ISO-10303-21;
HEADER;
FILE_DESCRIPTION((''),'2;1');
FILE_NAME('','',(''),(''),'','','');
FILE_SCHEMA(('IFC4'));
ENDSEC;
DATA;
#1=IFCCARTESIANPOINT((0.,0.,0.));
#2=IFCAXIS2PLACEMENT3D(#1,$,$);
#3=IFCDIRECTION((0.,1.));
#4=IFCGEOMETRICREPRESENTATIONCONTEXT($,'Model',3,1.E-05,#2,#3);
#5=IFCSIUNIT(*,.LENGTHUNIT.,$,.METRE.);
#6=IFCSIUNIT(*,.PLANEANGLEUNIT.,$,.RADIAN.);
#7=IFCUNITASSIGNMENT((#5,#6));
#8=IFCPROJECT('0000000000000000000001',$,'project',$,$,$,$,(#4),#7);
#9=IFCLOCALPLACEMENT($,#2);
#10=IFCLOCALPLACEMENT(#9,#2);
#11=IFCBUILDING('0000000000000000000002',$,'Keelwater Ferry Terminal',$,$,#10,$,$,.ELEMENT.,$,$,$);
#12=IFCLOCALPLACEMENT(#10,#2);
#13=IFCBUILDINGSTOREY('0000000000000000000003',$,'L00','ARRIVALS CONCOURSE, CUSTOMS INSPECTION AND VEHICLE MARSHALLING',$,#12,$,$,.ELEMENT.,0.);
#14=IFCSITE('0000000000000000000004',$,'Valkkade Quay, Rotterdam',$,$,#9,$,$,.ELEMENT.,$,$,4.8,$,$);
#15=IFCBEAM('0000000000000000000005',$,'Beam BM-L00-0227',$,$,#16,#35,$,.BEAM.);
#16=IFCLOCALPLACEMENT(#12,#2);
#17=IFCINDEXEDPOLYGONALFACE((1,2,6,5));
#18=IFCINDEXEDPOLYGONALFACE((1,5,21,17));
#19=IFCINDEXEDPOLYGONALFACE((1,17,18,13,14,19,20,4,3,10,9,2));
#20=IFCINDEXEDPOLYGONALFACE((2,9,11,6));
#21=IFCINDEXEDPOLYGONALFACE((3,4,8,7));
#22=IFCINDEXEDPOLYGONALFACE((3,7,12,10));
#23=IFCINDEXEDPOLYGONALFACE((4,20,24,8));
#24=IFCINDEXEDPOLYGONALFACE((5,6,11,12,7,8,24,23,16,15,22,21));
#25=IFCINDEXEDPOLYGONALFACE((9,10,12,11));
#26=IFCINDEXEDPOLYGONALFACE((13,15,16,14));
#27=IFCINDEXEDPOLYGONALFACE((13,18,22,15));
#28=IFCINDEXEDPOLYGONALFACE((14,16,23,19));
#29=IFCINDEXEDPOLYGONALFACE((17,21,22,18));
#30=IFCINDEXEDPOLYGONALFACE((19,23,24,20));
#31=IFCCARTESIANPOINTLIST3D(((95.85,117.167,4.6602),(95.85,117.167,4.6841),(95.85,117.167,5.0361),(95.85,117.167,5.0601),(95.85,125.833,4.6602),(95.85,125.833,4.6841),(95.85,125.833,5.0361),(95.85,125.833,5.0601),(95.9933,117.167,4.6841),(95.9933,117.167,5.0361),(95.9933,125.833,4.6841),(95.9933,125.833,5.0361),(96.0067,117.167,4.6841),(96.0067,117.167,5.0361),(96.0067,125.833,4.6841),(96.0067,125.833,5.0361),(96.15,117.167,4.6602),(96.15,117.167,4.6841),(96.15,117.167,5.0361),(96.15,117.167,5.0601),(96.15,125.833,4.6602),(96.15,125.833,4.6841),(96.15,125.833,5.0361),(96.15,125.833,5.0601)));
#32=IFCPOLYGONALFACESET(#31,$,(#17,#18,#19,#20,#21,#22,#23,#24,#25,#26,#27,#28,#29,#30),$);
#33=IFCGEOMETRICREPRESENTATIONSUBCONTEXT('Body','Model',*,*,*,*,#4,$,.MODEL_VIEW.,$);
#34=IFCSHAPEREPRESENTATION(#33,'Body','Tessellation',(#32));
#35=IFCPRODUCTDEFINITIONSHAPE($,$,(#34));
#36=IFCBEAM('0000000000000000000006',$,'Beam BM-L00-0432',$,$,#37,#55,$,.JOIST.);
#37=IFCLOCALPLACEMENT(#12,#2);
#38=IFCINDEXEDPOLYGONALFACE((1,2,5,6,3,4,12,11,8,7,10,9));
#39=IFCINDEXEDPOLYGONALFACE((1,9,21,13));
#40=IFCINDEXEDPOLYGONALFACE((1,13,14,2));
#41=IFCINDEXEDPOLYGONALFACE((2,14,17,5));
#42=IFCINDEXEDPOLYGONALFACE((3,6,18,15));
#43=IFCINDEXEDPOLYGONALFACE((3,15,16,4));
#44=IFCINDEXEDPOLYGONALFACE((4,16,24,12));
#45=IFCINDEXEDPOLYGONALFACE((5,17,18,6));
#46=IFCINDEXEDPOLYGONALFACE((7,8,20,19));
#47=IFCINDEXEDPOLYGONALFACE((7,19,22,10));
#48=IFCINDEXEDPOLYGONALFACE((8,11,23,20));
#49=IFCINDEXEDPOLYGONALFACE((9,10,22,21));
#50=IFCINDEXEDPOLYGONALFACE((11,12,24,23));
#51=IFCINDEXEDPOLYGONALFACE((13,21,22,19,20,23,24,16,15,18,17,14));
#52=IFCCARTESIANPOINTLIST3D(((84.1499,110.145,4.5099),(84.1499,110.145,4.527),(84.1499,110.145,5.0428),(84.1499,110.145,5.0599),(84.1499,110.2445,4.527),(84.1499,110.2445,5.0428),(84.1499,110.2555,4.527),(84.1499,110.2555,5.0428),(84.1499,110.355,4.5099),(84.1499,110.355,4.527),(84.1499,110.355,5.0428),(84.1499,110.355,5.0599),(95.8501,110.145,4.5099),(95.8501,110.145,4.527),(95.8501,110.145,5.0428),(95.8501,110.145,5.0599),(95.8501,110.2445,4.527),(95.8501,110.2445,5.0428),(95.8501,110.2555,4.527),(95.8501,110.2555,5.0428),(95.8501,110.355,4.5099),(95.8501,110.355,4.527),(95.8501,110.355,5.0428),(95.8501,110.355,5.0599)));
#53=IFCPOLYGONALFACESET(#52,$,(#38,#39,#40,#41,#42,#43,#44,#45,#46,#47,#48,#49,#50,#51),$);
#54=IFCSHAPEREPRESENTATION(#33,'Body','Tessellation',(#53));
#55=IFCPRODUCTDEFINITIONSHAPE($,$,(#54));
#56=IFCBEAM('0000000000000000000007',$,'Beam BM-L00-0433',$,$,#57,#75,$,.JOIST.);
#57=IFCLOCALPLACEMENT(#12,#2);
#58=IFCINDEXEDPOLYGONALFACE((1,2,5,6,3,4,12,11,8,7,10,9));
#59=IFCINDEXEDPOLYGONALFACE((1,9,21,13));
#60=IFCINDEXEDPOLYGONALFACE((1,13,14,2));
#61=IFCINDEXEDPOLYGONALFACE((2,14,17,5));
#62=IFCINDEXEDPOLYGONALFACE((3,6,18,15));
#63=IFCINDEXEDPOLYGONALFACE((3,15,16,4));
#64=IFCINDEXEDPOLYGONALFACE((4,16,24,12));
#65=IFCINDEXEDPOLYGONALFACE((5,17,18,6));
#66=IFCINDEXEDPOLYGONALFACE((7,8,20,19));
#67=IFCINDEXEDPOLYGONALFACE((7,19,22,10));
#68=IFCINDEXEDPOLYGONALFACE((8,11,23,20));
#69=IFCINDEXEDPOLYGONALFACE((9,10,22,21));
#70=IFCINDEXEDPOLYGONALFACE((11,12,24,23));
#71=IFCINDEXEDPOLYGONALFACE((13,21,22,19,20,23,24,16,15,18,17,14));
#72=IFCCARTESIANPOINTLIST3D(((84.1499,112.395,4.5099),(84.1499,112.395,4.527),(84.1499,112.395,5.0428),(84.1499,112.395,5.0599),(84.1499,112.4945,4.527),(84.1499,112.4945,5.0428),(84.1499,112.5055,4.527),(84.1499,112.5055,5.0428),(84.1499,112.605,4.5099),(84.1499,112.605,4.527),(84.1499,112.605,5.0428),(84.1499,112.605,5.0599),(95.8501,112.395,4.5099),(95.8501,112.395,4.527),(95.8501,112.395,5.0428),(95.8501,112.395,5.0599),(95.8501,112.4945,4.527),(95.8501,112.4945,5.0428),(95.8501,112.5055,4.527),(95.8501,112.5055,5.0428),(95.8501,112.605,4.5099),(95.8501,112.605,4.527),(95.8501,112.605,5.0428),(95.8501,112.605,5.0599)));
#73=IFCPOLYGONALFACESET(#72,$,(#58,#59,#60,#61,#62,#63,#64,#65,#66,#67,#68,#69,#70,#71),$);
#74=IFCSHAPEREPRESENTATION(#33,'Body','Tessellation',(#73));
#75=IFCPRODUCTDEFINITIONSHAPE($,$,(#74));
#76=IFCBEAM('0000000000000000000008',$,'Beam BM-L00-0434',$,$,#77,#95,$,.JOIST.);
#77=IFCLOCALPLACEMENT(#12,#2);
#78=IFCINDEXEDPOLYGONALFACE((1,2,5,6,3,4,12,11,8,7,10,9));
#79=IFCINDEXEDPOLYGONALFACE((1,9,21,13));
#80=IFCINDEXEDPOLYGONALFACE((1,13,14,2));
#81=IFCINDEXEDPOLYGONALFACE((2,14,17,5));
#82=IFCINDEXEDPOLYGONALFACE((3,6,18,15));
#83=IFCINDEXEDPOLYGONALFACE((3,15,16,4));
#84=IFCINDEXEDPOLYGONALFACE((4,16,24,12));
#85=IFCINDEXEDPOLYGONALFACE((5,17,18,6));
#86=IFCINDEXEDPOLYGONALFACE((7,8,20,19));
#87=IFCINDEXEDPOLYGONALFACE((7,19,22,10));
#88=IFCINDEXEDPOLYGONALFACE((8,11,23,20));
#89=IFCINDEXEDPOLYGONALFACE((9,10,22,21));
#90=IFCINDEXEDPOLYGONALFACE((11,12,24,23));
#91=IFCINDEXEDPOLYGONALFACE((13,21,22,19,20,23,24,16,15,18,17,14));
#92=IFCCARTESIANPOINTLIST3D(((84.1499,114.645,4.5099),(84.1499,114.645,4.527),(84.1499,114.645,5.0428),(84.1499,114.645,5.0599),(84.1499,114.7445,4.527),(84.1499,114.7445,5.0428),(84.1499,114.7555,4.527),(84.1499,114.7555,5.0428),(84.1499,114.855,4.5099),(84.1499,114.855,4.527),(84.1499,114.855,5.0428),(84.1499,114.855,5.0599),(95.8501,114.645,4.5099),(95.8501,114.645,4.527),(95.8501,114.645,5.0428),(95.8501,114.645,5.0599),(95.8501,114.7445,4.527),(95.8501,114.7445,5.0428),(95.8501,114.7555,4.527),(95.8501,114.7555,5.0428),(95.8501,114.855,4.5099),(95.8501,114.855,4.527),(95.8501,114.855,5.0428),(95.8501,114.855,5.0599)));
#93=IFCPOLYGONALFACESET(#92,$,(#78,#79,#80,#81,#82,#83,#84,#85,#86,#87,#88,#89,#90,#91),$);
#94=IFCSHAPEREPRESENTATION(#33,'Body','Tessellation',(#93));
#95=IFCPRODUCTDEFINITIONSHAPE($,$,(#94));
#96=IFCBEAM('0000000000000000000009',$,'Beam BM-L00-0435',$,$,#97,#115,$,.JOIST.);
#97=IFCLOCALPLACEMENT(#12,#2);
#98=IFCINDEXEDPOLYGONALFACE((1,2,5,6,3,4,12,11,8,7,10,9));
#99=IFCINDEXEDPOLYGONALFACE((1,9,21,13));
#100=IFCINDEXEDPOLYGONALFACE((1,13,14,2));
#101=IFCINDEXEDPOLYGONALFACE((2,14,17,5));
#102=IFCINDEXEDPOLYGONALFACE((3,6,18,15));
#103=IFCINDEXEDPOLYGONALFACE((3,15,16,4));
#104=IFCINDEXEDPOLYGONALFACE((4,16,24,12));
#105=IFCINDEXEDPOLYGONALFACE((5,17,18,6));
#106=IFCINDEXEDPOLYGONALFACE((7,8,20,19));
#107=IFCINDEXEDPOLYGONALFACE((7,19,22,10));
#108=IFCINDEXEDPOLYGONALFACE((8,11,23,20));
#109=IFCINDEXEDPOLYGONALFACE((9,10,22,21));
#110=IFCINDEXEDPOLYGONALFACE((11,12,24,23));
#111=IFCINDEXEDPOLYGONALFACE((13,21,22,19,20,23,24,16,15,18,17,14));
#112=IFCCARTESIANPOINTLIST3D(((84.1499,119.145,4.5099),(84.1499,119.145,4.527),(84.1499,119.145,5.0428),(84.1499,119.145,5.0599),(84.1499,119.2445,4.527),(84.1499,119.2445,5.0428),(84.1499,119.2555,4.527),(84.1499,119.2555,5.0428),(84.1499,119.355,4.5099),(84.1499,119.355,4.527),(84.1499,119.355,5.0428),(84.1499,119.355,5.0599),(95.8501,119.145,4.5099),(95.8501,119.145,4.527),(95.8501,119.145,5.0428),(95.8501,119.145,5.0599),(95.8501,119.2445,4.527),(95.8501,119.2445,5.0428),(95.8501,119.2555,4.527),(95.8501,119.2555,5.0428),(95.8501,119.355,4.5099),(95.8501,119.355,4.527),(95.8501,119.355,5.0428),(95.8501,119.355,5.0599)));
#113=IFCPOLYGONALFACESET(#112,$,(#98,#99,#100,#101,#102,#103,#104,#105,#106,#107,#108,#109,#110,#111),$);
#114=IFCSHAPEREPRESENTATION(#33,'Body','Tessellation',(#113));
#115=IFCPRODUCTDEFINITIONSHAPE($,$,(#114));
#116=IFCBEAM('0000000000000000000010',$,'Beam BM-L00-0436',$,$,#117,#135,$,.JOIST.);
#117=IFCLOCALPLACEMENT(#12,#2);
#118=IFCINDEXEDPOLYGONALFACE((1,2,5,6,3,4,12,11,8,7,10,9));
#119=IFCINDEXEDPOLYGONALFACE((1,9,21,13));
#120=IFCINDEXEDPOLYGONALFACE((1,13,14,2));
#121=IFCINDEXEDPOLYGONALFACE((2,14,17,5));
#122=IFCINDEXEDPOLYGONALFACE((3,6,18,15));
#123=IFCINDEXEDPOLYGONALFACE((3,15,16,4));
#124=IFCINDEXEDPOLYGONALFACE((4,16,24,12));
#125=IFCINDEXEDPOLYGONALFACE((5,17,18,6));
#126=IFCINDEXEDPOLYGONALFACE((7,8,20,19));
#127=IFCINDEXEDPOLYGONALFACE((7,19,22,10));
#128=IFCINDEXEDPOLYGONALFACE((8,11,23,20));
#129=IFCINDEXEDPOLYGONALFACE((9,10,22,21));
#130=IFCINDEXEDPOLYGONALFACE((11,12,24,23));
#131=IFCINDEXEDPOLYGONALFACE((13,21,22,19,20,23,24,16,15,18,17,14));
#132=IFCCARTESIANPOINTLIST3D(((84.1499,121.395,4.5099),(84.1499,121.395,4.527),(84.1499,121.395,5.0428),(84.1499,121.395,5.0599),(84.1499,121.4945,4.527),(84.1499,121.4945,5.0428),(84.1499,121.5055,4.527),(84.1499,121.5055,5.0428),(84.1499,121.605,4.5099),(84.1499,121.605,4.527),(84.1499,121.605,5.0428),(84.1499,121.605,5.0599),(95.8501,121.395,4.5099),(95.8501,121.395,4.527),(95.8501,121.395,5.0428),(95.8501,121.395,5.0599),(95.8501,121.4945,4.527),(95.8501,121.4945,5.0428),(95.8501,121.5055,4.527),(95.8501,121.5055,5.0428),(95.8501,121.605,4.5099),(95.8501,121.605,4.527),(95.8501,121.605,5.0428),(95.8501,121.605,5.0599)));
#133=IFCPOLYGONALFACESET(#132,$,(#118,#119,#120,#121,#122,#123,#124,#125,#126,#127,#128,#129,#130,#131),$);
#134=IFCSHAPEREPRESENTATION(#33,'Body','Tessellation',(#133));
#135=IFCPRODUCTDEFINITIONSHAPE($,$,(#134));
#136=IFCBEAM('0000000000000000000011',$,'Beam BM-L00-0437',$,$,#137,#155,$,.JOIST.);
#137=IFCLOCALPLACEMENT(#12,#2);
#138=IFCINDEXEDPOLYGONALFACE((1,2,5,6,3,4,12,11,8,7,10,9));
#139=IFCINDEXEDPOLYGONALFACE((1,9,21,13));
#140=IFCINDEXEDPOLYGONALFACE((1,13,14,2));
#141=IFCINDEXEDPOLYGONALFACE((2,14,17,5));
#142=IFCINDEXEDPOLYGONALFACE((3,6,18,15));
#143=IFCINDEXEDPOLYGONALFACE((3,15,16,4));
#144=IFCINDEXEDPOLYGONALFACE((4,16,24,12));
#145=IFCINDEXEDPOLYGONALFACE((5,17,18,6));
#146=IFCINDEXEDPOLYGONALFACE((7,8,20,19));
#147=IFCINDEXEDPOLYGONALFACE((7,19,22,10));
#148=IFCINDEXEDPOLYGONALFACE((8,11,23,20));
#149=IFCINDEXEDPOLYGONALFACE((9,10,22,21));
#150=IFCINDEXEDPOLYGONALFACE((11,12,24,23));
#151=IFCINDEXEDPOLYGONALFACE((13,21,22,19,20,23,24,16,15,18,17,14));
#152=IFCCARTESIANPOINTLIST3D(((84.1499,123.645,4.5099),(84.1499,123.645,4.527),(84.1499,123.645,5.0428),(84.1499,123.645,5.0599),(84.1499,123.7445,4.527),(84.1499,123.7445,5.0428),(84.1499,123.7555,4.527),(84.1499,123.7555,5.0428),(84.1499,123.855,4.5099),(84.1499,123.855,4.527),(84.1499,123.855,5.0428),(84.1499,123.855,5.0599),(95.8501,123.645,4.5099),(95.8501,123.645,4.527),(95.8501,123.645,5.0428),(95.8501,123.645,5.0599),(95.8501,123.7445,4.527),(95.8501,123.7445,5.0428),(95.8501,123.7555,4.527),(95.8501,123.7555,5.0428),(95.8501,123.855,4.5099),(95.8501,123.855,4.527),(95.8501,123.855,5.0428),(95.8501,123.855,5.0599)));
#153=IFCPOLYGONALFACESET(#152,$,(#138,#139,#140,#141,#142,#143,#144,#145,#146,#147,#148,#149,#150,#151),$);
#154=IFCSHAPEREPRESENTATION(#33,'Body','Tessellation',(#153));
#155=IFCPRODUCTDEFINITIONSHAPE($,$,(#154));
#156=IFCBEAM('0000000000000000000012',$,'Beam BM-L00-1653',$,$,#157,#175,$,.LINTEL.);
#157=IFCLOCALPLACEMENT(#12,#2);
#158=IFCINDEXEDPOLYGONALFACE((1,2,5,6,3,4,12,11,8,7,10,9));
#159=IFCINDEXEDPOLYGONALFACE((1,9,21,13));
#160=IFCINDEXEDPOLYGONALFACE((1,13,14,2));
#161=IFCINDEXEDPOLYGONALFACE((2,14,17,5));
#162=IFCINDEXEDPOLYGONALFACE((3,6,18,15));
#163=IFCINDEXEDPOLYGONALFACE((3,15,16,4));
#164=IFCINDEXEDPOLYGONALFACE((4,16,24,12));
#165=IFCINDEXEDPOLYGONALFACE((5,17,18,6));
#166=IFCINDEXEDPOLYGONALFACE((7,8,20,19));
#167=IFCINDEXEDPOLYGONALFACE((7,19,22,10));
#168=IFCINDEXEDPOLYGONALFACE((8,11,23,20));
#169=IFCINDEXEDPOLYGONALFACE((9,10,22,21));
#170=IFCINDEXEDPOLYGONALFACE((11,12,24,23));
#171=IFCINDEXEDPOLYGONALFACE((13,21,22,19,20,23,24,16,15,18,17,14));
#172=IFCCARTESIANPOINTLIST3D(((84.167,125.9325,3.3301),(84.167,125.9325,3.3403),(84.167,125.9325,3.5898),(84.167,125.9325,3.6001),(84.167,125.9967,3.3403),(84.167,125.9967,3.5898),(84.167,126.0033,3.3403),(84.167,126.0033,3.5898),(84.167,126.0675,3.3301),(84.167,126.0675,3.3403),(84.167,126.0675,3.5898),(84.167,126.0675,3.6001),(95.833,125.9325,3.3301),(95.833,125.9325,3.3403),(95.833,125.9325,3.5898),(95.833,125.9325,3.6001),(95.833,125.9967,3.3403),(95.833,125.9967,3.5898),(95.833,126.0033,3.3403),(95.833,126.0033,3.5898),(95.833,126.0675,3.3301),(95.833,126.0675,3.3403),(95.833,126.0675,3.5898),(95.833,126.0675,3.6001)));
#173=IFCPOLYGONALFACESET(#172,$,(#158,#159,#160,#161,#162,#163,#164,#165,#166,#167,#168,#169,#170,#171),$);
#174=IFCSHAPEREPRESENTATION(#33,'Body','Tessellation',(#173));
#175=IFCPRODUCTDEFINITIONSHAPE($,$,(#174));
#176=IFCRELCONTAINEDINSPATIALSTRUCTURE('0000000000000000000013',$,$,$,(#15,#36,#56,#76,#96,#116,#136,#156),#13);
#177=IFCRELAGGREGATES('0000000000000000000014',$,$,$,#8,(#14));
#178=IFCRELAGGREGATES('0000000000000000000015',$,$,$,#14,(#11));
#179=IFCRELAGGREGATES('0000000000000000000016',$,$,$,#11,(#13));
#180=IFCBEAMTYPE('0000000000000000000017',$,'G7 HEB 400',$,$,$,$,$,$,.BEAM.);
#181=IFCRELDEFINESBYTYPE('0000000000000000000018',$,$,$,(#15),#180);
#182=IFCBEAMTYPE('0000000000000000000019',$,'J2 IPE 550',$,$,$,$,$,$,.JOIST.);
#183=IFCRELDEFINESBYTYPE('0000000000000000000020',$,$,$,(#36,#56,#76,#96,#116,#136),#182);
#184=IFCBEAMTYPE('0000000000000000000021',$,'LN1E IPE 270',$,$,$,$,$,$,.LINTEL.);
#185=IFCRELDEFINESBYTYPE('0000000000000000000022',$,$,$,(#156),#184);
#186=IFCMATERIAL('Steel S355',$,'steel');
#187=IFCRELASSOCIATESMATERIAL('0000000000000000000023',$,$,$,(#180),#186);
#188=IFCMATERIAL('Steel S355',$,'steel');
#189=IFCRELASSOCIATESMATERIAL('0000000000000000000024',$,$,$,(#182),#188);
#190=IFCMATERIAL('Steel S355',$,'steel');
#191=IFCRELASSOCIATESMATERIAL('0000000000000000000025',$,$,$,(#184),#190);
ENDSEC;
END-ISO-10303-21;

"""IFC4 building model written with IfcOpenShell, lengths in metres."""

from ifc_helpers import new_model, si_unit, direction, frame, origin, origin_2d, place, context, subcontext, project, spatial, i_section, extrude, material, material_profile, profile_set, type_object, element, save


model = new_model("IFC4")

# Units and contexts
model_context = context("Model", 3, precision=1e-05, world=origin(), true_north=direction((0.0, 1.0)))
body_context = subcontext(model_context, "Body", "Model", "MODEL_VIEW")
ifc_project = project(units=[si_unit("LENGTHUNIT", "METRE"), si_unit("PLANEANGLEUNIT", "RADIAN")], contexts=[model_context])

# Site, building, storey
site_placement = place(None, origin())
site = spatial("IfcSite", under=ifc_project, at=site_placement, Name="Valkkade Quay, Rotterdam", CompositionType="ELEMENT", RefElevation=4.8)
building_placement = place(site_placement, origin())
building = spatial("IfcBuilding", under=site, at=building_placement, Name="Keelwater Ferry Terminal", CompositionType="ELEMENT")
storey_placement = place(building_placement, origin())
storey = spatial("IfcBuildingStorey", under=building, at=storey_placement, Name="L00", Description="ARRIVALS CONCOURSE, CUSTOMS INSPECTION AND VEHICLE MARSHALLING", CompositionType="ELEMENT", Elevation=0.0)

# Beams
ifc_material_1 = material(Name="Steel S355", Category="steel")
ifc_material_profile_1 = material_profile(ifc_material_1, i_section(OverallWidth=0.3, OverallDepth=0.3999, WebThickness=0.0134, FlangeThickness=0.0239, at=origin_2d()), Name="HEB 400")
ifc_profile_set_1 = profile_set([ifc_material_profile_1], Name="Steel S355")
beam_type_1 = type_object("IfcBeamType", Name="G7 HEB 400", PredefinedType="BEAM", material=ifc_profile_set_1)
for number, where, z_axis, x_axis, name in (
    (1, (96.0, 117.167, 4.8601), (0.0, 1.0, 0.0), (-1.0, 0.0, 0.0), "Beam BM-L00-0227"),
):
    element("IfcBeam", number, at=place(storey_placement, frame(where, z_axis=z_axis, x_axis=x_axis)), inside=storey, type_object=beam_type_1, Name=name, PredefinedType="BEAM", context=body_context, shape_type="SweptSolid", body=[
        extrude(i_section(OverallWidth=0.3, OverallDepth=0.3999, WebThickness=0.0134, FlangeThickness=0.0239, at=origin_2d()), origin(), (0.0, 0.0, 1.0), 8.666),
    ])
ifc_material_2 = material(Name="Steel S355", Category="steel")
ifc_material_profile_2 = material_profile(ifc_material_2, i_section(OverallWidth=0.21, OverallDepth=0.55, WebThickness=0.011, FlangeThickness=0.0171, at=origin_2d()), Name="IPE 550")
ifc_profile_set_2 = profile_set([ifc_material_profile_2], Name="Steel S355")
beam_type_2 = type_object("IfcBeamType", Name="J2 IPE 550", PredefinedType="JOIST", material=ifc_profile_set_2)
for number, where, z_axis, x_axis, name in (
    (2, (84.1499, 110.25, 4.7849), (1.0, 0.0, 0.0), (0.0, 1.0, 0.0), "Beam BM-L00-0432"),
    (3, (84.1499, 112.5, 4.7849), (1.0, 0.0, 0.0), (0.0, 1.0, 0.0), "Beam BM-L00-0433"),
    (4, (84.1499, 114.75, 4.7849), (1.0, 0.0, 0.0), (0.0, 1.0, 0.0), "Beam BM-L00-0434"),
    (5, (84.1499, 119.25, 4.7849), (1.0, 0.0, 0.0), (0.0, 1.0, 0.0), "Beam BM-L00-0435"),
    (6, (84.1499, 121.5, 4.7849), (1.0, 0.0, 0.0), (0.0, 1.0, 0.0), "Beam BM-L00-0436"),
    (7, (84.1499, 123.75, 4.7849), (1.0, 0.0, 0.0), (0.0, 1.0, 0.0), "Beam BM-L00-0437"),
):
    element("IfcBeam", number, at=place(storey_placement, frame(where, z_axis=z_axis, x_axis=x_axis)), inside=storey, type_object=beam_type_2, Name=name, PredefinedType="JOIST", context=body_context, shape_type="SweptSolid", body=[
        extrude(i_section(OverallWidth=0.21, OverallDepth=0.55, WebThickness=0.011, FlangeThickness=0.0171, at=origin_2d()), origin(), (0.0, 0.0, 1.0), 11.7002),
    ])
ifc_material_3 = material(Name="Steel S355", Category="steel")
ifc_material_profile_3 = material_profile(ifc_material_3, i_section(OverallWidth=0.135, OverallDepth=0.27, WebThickness=0.0066, FlangeThickness=0.0103, at=origin_2d()), Name="IPE 270")
ifc_profile_set_3 = profile_set([ifc_material_profile_3], Name="Steel S355")
beam_type_3 = type_object("IfcBeamType", Name="LN1E IPE 270", PredefinedType="LINTEL", material=ifc_profile_set_3)
beam_1_placement = place(storey_placement, frame((84.167, 126.0, 3.4651), z_axis=(1.0, 0.0, 0.0), x_axis=(0.0, 1.0, 0.0)))
element("IfcBeam", 8, at=beam_1_placement, inside=storey, type_object=beam_type_3, Name="Beam BM-L00-1653", PredefinedType="LINTEL", context=body_context, shape_type="SweptSolid", body=[
    extrude(i_section(OverallWidth=0.135, OverallDepth=0.27, WebThickness=0.0066, FlangeThickness=0.0103, at=origin_2d()), origin(), (0.0, 0.0, 1.0), 11.666),
])

save(model, "model.ifc")
